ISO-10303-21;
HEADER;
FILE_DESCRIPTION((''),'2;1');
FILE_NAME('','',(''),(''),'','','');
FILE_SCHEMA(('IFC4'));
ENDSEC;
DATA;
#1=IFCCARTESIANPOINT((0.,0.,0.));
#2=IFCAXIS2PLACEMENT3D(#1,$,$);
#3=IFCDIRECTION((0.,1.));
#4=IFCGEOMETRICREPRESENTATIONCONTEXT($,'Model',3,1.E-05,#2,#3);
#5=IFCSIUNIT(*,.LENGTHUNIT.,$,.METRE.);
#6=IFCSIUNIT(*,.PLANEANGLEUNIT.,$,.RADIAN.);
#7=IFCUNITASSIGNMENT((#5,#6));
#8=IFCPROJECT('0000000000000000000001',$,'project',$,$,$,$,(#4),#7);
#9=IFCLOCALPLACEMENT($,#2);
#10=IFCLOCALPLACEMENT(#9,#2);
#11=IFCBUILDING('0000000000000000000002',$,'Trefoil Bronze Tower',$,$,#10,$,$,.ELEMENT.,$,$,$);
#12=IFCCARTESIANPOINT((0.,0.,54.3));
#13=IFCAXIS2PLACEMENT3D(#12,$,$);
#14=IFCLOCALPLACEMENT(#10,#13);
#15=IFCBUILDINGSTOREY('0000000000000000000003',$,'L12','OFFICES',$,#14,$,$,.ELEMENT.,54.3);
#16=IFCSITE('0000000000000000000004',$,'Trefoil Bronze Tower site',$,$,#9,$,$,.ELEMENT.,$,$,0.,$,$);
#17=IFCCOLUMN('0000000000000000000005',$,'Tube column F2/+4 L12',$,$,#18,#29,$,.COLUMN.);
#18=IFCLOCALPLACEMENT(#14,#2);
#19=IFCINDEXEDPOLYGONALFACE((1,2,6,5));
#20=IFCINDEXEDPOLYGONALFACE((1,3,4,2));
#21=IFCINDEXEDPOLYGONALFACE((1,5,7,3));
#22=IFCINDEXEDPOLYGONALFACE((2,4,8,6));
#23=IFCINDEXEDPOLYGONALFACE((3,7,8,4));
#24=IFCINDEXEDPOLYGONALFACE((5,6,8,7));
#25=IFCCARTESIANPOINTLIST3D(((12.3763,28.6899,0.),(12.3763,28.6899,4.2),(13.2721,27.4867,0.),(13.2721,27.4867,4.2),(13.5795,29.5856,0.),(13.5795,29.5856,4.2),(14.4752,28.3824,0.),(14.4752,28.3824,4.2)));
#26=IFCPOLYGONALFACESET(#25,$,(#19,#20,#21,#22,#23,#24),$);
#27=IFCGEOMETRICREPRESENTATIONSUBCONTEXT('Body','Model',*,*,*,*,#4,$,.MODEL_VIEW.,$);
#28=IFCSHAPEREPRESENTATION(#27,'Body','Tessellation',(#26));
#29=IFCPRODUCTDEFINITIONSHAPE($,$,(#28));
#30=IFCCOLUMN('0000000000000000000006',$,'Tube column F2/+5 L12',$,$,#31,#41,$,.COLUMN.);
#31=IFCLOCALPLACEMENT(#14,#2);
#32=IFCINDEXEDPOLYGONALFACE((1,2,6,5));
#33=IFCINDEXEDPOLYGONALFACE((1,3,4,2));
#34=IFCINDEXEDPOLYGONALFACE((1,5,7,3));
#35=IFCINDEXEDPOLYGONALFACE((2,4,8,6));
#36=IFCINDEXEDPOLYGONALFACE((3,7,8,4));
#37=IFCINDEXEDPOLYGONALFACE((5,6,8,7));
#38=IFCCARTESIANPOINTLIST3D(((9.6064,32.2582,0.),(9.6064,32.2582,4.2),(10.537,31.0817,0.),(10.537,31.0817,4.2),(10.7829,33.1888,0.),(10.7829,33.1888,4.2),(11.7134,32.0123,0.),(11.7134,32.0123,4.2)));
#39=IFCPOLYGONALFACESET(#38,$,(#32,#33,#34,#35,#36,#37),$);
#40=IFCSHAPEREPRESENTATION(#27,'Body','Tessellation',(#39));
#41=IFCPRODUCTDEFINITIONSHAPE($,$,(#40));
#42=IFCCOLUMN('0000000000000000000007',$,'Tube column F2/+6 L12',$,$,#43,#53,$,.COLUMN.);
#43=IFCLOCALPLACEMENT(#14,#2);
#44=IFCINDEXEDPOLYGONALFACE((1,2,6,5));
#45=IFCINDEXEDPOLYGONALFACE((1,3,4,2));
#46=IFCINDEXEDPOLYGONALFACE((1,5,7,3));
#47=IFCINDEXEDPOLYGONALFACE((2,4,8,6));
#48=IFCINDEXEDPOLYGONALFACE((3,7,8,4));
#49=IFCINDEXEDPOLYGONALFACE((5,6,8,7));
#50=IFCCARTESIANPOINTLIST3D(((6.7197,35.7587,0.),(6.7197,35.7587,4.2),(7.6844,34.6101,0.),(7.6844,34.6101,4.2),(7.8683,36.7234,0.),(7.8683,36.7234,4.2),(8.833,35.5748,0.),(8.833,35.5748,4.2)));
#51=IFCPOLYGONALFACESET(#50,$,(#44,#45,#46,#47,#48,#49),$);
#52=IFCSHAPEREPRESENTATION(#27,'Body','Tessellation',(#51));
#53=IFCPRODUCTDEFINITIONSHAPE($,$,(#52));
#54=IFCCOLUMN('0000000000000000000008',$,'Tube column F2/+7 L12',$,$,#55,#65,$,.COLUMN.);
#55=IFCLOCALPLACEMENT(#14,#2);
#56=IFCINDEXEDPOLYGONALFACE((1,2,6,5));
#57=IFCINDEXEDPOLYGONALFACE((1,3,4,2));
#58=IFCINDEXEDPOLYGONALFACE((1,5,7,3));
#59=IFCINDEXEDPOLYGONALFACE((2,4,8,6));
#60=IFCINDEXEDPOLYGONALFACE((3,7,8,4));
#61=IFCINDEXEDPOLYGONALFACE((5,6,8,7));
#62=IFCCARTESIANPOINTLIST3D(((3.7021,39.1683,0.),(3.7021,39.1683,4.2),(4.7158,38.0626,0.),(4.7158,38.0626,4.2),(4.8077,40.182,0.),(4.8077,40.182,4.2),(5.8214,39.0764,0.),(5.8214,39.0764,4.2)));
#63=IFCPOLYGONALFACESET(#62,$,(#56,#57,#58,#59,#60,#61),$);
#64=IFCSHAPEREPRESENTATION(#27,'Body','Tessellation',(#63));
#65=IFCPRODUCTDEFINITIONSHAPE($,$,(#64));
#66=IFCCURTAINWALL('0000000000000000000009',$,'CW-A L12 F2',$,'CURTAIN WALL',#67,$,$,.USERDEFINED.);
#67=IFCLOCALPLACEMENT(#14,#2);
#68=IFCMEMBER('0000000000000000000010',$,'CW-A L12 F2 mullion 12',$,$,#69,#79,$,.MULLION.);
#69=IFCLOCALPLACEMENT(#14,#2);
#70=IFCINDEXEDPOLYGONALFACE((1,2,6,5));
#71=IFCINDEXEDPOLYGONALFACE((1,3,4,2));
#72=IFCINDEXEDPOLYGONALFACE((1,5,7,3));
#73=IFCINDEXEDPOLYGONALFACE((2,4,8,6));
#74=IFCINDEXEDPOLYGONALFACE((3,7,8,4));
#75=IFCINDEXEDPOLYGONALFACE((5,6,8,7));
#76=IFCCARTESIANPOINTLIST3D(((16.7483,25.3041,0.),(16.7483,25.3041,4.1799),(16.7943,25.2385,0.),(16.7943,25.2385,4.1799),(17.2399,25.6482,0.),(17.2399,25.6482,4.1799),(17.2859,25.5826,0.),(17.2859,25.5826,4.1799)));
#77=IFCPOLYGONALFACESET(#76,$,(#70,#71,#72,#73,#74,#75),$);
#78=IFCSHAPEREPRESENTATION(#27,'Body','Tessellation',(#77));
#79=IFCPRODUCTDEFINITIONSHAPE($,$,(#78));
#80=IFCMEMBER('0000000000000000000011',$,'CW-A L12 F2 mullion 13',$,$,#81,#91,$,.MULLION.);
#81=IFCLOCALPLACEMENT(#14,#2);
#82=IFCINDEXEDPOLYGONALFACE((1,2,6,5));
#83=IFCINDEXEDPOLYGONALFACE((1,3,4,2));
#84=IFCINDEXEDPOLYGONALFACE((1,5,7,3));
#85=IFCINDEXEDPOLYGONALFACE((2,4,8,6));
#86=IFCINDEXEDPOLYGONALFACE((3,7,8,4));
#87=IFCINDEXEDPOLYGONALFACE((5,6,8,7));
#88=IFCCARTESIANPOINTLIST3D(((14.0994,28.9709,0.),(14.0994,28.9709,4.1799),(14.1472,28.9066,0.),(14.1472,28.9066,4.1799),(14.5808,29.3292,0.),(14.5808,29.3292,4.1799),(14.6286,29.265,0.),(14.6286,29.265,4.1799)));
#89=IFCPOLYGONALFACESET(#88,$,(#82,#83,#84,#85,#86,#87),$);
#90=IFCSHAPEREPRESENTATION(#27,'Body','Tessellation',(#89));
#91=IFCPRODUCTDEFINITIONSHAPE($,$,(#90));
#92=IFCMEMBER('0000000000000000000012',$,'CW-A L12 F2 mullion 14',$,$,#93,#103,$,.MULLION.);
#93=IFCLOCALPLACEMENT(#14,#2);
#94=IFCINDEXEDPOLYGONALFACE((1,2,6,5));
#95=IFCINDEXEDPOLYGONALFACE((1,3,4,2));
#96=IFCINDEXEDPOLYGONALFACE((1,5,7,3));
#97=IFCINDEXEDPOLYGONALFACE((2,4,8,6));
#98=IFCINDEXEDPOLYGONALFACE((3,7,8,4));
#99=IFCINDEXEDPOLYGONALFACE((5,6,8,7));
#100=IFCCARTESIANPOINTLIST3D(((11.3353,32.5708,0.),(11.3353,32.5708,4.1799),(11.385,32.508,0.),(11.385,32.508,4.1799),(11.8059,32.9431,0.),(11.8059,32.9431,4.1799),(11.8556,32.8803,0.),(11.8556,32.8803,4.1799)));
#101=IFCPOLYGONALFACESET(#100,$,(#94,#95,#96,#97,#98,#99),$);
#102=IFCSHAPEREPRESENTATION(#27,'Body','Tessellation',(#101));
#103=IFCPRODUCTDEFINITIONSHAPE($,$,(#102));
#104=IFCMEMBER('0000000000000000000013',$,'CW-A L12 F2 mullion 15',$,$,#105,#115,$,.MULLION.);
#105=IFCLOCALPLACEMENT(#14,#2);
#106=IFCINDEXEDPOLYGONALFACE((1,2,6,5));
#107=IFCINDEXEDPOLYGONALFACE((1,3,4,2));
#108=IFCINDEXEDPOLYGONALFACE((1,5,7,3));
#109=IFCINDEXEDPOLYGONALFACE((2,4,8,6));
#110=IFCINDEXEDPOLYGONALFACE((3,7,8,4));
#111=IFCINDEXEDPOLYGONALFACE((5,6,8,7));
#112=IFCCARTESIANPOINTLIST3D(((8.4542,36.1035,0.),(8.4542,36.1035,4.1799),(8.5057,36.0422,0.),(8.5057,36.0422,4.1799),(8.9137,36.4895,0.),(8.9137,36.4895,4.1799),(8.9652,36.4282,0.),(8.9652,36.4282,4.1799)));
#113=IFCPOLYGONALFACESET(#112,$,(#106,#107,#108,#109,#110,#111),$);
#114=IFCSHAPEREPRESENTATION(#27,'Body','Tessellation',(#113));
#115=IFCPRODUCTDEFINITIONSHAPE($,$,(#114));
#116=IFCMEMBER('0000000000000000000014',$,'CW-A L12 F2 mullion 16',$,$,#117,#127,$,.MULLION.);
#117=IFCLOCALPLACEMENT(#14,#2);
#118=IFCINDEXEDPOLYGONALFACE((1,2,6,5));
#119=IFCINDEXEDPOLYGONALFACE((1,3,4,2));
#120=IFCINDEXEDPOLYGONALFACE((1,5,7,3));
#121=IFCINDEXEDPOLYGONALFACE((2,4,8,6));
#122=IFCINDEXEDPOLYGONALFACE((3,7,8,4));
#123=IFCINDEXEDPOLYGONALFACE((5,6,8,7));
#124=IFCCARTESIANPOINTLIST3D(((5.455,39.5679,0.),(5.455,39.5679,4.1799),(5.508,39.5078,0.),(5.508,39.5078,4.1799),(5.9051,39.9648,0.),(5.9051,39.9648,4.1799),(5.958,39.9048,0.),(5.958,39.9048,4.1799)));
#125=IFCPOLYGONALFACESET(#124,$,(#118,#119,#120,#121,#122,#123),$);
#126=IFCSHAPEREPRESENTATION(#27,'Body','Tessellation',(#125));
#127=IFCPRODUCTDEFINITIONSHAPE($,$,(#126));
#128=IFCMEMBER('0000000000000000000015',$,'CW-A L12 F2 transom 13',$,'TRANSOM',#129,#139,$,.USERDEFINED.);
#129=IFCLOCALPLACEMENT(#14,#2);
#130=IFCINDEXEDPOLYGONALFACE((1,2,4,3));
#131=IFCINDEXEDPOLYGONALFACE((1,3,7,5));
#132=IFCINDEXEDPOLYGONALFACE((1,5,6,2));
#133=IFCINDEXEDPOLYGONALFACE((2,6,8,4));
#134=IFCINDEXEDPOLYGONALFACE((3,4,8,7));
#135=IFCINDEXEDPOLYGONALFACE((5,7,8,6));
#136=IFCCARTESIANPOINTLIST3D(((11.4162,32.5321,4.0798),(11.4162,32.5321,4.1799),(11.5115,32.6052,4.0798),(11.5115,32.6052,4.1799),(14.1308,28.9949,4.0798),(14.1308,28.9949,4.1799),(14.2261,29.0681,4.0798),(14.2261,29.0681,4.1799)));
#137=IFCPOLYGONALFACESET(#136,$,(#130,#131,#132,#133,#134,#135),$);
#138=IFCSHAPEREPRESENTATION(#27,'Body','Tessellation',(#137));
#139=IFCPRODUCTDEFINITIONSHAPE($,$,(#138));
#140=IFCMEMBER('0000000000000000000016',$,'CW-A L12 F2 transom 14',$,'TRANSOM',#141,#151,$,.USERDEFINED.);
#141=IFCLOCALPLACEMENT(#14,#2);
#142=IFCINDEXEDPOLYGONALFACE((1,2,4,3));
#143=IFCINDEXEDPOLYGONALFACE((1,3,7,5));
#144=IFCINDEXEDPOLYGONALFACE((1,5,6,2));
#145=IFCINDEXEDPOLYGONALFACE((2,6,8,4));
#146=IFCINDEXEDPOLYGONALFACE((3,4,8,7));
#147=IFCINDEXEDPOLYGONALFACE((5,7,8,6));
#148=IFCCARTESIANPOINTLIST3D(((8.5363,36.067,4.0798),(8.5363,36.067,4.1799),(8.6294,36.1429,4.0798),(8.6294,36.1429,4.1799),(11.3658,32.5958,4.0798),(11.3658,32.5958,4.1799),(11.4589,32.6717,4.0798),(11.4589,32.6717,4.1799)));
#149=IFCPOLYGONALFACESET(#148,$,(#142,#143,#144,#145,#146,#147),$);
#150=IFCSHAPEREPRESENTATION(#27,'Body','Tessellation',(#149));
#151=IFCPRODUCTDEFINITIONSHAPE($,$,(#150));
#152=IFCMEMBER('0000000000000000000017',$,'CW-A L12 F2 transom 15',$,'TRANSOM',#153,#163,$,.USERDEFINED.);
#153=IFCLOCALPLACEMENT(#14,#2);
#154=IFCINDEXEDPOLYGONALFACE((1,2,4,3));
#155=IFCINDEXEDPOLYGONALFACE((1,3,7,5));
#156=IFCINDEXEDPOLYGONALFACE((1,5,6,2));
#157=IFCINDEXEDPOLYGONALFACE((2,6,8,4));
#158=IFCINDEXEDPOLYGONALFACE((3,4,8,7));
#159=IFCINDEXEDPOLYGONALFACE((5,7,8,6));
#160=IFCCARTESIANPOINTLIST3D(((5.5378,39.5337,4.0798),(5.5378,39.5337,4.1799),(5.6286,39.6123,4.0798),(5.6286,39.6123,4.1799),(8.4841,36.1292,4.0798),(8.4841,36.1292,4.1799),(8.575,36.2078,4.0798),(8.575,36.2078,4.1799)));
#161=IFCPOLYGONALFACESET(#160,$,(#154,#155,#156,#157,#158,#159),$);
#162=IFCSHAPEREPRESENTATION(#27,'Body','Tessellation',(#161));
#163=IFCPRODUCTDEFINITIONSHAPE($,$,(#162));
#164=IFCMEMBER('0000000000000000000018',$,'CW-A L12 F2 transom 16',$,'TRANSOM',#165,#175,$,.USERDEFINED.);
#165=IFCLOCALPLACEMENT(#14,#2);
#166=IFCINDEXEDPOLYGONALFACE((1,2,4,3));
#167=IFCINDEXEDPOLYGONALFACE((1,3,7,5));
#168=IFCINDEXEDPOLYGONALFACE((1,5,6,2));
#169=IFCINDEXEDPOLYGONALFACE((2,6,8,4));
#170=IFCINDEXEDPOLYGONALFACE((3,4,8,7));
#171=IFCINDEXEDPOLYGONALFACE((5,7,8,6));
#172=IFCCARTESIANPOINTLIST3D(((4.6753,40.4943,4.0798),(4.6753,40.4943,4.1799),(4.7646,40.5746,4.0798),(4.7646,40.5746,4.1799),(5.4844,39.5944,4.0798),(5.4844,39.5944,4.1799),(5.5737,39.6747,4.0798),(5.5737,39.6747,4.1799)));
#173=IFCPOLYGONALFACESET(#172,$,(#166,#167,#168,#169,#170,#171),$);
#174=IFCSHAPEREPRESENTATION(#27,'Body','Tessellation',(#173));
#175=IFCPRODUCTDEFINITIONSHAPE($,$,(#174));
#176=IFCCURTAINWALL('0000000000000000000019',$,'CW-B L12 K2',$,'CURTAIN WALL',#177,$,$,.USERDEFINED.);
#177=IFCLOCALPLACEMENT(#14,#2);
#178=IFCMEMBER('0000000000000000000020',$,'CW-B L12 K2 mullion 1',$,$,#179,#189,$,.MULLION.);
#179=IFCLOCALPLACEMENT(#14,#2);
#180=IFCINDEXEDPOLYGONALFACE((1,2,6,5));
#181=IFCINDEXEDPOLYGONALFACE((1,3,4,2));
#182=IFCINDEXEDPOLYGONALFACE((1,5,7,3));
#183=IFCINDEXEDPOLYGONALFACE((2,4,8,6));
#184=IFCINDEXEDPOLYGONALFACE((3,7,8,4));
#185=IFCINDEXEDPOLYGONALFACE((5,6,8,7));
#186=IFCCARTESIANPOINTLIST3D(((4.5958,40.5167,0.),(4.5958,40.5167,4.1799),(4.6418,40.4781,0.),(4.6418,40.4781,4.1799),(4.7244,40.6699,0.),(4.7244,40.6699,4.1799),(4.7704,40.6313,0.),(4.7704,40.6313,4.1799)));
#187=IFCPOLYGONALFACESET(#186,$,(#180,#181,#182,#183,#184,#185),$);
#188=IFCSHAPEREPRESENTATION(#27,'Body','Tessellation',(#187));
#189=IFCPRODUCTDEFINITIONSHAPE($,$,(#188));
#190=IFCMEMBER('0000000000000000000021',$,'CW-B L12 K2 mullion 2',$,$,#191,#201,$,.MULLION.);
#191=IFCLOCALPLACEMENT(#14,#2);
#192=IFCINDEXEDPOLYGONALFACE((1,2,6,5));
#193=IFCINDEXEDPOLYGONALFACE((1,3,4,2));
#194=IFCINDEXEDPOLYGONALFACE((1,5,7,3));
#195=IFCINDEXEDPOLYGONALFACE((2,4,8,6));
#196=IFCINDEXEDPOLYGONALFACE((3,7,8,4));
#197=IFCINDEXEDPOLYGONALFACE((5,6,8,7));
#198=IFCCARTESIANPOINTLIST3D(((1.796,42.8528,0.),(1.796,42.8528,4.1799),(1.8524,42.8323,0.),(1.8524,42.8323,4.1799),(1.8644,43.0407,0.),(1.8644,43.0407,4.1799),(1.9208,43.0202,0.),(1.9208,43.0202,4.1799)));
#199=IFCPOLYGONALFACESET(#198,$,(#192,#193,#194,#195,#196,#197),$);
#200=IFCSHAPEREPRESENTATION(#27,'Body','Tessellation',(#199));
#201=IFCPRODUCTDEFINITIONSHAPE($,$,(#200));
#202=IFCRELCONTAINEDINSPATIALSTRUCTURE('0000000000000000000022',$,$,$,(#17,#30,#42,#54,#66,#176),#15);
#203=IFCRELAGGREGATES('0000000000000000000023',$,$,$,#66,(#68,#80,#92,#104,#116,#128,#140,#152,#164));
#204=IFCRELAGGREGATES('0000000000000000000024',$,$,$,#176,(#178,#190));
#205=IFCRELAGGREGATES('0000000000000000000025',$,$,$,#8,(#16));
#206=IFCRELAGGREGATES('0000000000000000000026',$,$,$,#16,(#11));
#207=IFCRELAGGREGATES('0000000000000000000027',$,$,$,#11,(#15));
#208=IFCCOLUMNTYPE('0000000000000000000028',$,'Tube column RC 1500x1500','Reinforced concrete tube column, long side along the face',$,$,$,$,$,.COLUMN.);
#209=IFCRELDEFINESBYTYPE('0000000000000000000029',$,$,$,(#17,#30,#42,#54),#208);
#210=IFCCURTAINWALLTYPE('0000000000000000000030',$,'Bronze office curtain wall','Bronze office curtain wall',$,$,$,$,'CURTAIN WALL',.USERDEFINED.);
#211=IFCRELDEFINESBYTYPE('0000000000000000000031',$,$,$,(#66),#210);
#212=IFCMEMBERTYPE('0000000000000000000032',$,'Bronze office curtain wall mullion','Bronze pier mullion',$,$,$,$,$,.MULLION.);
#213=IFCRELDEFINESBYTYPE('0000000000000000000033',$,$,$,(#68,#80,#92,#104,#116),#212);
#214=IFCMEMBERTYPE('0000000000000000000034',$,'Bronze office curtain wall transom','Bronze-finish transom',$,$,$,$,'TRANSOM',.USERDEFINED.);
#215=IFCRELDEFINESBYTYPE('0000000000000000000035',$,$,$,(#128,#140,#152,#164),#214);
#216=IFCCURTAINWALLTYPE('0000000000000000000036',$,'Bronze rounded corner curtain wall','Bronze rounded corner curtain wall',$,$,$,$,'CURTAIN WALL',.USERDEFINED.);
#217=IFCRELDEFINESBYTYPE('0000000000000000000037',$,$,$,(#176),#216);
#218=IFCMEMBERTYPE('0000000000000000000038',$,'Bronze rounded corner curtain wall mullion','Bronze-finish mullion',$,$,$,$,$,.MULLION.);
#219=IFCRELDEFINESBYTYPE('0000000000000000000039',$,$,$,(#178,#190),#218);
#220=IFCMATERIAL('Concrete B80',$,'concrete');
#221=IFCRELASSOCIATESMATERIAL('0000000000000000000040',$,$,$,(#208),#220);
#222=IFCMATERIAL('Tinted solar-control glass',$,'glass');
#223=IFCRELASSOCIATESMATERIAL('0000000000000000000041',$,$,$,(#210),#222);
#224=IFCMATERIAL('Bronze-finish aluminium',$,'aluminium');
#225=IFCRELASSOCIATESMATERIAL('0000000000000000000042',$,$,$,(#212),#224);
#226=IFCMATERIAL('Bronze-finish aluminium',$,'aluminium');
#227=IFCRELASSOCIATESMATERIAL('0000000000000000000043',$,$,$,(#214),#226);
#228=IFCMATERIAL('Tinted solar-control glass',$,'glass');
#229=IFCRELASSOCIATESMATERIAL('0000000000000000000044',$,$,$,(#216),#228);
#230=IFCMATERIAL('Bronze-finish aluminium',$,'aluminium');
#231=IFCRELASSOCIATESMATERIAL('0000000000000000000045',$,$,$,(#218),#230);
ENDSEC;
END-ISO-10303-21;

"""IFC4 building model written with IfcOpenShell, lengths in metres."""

from ifc_helpers import new_model, si_unit, direction, frame, origin, origin_2d, place, context, subcontext, project, spatial, rectangle, extrude, material, material_profile, profile_set, type_object, element, aggregate, save


model = new_model("IFC4")

# Units and contexts
model_context = context("Model", 3, precision=1e-05, world=origin(), true_north=direction((0.0, 1.0)))
body_context = subcontext(model_context, "Body", "Model", "MODEL_VIEW")
ifc_project = project(units=[si_unit("LENGTHUNIT", "METRE"), si_unit("PLANEANGLEUNIT", "RADIAN")], contexts=[model_context])

# Site, building, storey
site_placement = place(None, origin())
site = spatial("IfcSite", under=ifc_project, at=site_placement, Name="Trefoil Bronze Tower site", CompositionType="ELEMENT", RefElevation=0.0)
building_placement = place(site_placement, origin())
building = spatial("IfcBuilding", under=site, at=building_placement, Name="Trefoil Bronze Tower", CompositionType="ELEMENT")
storey_placement = place(building_placement, frame((0.0, 0.0, 54.3)))
storey = spatial("IfcBuildingStorey", under=building, at=storey_placement, Name="L12", Description="OFFICES", CompositionType="ELEMENT", Elevation=54.3)

# Columns
ifc_material_1 = material(Name="Concrete B80", Category="concrete")
ifc_material_profile_1 = material_profile(ifc_material_1, rectangle(XDim=1.5, YDim=1.5, at=origin_2d()), Name="RC 1500x1500")
ifc_profile_set_1 = profile_set([ifc_material_profile_1], Name="Concrete B80")
column_type = type_object("IfcColumnType", Name="Tube column RC 1500x1500", Description="Reinforced concrete tube column, long side along the face", PredefinedType="COLUMN", material=ifc_profile_set_1)
for number, where, z_axis, x_axis, name in (
    (1, (13.4258, 28.5361, 0.0), (0.0, 0.0, 1.0), (-0.597154, 0.802127, 0.0), "Tube column F2/+4 L12"),
    (2, (10.6599, 32.1353, 0.0), (0.0, 0.0, 1.0), (-0.620376, 0.784305, 0.0), "Tube column F2/+5 L12"),
    (3, (7.7764, 35.6667, 0.0), (0.0, 0.0, 1.0), (-0.643163, 0.765729, 0.0), "Tube column F2/+6 L12"),
    (4, (4.7617, 39.1223, 0.0), (0.0, 0.0, 1.0), (-0.675816, 0.73707, 0.0), "Tube column F2/+7 L12"),
):
    element("IfcColumn", number, at=place(storey_placement, frame(where, z_axis=z_axis, x_axis=x_axis)), inside=storey, type_object=column_type, Name=name, PredefinedType="COLUMN", context=body_context, shape_type="SweptSolid", body=[
        extrude(rectangle(XDim=1.5, YDim=1.5, at=origin_2d()), origin(), (0.0, 0.0, 1.0), 4.2),
    ])

# Curtain walls, members
ifc_material_2 = material(Name="Tinted solar-control glass", Category="glass")
curtain_wall_type_1 = type_object("IfcCurtainWallType", Name="Bronze office curtain wall", Description="Bronze office curtain wall", ElementType="CURTAIN WALL", PredefinedType="USERDEFINED", material=ifc_material_2)
curtain_wall_1_placement = place(storey_placement, origin())
curtain_wall_1 = element("IfcCurtainWall", 5, at=curtain_wall_1_placement, inside=storey, type_object=curtain_wall_type_1, Name="CW-A L12 F2", ObjectType="CURTAIN WALL", PredefinedType="USERDEFINED")
ifc_material_3 = material(Name="Bronze-finish aluminium", Category="aluminium")
ifc_material_profile_2 = material_profile(ifc_material_3, rectangle(XDim=0.6001, YDim=0.0801, at=origin_2d()), Name="CW-A mullion")
ifc_profile_set_2 = profile_set([ifc_material_profile_2], Name="Bronze-finish aluminium")
member_type_1 = type_object("IfcMemberType", Name="Bronze office curtain wall mullion", Description="Bronze pier mullion", PredefinedType="MULLION", material=ifc_profile_set_2)
member_1_placement = place(storey_placement, frame((17.0171, 25.4434, 0.0), z_axis=(0.0, 0.0, 1.0), x_axis=(-0.819204, -0.573502, 0.0)))
member_1 = element("IfcMember", 6, at=member_1_placement, type_object=member_type_1, Name="CW-A L12 F2 mullion 12", PredefinedType="MULLION", context=body_context, shape_type="SweptSolid", body=[
    extrude(rectangle(XDim=0.6001, YDim=0.0801, at=origin_2d()), origin(), (0.0, 0.0, 1.0), 4.1799),
])
member_2_placement = place(storey_placement, frame((14.364, 29.1179, 0.0), z_axis=(0.0, 0.0, 1.0), x_axis=(-0.802127, -0.597154, 0.0)))
member_2 = element("IfcMember", 7, at=member_2_placement, type_object=member_type_1, Name="CW-A L12 F2 mullion 13", PredefinedType="MULLION", context=body_context, shape_type="SweptSolid", body=[
    extrude(rectangle(XDim=0.6001, YDim=0.0801, at=origin_2d()), origin(), (0.0, 0.0, 1.0), 4.1799),
])
member_3_placement = place(storey_placement, frame((11.5955, 32.7256, 0.0), z_axis=(0.0, 0.0, 1.0), x_axis=(-0.784305, -0.620376, 0.0)))
member_3 = element("IfcMember", 8, at=member_3_placement, type_object=member_type_1, Name="CW-A L12 F2 mullion 14", PredefinedType="MULLION", context=body_context, shape_type="SweptSolid", body=[
    extrude(rectangle(XDim=0.6001, YDim=0.0801, at=origin_2d()), origin(), (0.0, 0.0, 1.0), 4.1799),
])
member_4_placement = place(storey_placement, frame((8.7097, 36.2659, 0.0), z_axis=(0.0, 0.0, 1.0), x_axis=(-0.765729, -0.643163, 0.0)))
member_4 = element("IfcMember", 9, at=member_4_placement, type_object=member_type_1, Name="CW-A L12 F2 mullion 15", PredefinedType="MULLION", context=body_context, shape_type="SweptSolid", body=[
    extrude(rectangle(XDim=0.6001, YDim=0.0801, at=origin_2d()), origin(), (0.0, 0.0, 1.0), 4.1799),
])
member_5_placement = place(storey_placement, frame((5.7065, 39.7363, 0.0), z_axis=(0.0, 0.0, 1.0), x_axis=(-0.749941, -0.661505, 0.0)))
member_5 = element("IfcMember", 10, at=member_5_placement, type_object=member_type_1, Name="CW-A L12 F2 mullion 16", PredefinedType="MULLION", context=body_context, shape_type="SweptSolid", body=[
    extrude(rectangle(XDim=0.6001, YDim=0.0801, at=origin_2d()), origin(), (0.0, 0.0, 1.0), 4.1799),
])
ifc_material_4 = material(Name="Bronze-finish aluminium", Category="aluminium")
ifc_material_profile_3 = material_profile(ifc_material_4, rectangle(XDim=0.1201, YDim=0.1001, at=origin_2d()), Name="CW-A transom")
ifc_profile_set_3 = profile_set([ifc_material_profile_3], Name="Bronze-finish aluminium")
member_type_2 = type_object("IfcMemberType", Name="Bronze office curtain wall transom", Description="Bronze-finish transom", ElementType="TRANSOM", PredefinedType="USERDEFINED", material=ifc_profile_set_3)
member_6_placement = place(storey_placement, frame((14.1785, 29.0315, 4.1299), z_axis=(-0.608829, 0.793301, 0.0), x_axis=(-0.793301, -0.608829, 0.0)))
member_6 = element("IfcMember", 11, at=member_6_placement, type_object=member_type_2, Name="CW-A L12 F2 transom 13", ObjectType="TRANSOM", PredefinedType="USERDEFINED", context=body_context, shape_type="SweptSolid", body=[
    extrude(rectangle(XDim=0.1201, YDim=0.1001, at=origin_2d()), origin(), (0.0, 0.0, 1.0), 4.4587),
])
member_7_placement = place(storey_placement, frame((11.4124, 32.6338, 4.1299), z_axis=(-0.631836, 0.775102, 0.0), x_axis=(-0.775102, -0.631836, 0.0)))
member_7 = element("IfcMember", 12, at=member_7_placement, type_object=member_type_2, Name="CW-A L12 F2 transom 14", ObjectType="TRANSOM", PredefinedType="USERDEFINED", context=body_context, shape_type="SweptSolid", body=[
    extrude(rectangle(XDim=0.1201, YDim=0.1001, at=origin_2d()), origin(), (0.0, 0.0, 1.0), 4.4783),
])
member_8_placement = place(storey_placement, frame((8.5295, 36.1685, 4.1299), z_axis=(-0.654383, 0.756163, 0.0), x_axis=(-0.756163, -0.654383, 0.0)))
member_8 = element("IfcMember", 13, at=member_8_placement, type_object=member_type_2, Name="CW-A L12 F2 transom 15", ObjectType="TRANSOM", PredefinedType="USERDEFINED", context=body_context, shape_type="SweptSolid", body=[
    extrude(rectangle(XDim=0.1201, YDim=0.1001, at=origin_2d()), origin(), (0.0, 0.0, 1.0), 4.5024),
])
member_9_placement = place(storey_placement, frame((5.5291, 39.6345, 4.1299), z_axis=(-0.668586, 0.743635, 0.0), x_axis=(-0.743635, -0.668586, 0.0)))
member_9 = element("IfcMember", 14, at=member_9_placement, type_object=member_type_2, Name="CW-A L12 F2 transom 16", ObjectType="TRANSOM", PredefinedType="USERDEFINED", context=body_context, shape_type="SweptSolid", body=[
    extrude(rectangle(XDim=0.1201, YDim=0.1001, at=origin_2d()), origin(), (0.0, 0.0, 1.0), 1.2102),
])
ifc_material_5 = material(Name="Tinted solar-control glass", Category="glass")
curtain_wall_type_2 = type_object("IfcCurtainWallType", Name="Bronze rounded corner curtain wall", Description="Bronze rounded corner curtain wall", ElementType="CURTAIN WALL", PredefinedType="USERDEFINED", material=ifc_material_5)
curtain_wall_2_placement = place(storey_placement, origin())
curtain_wall_2 = element("IfcCurtainWall", 15, at=curtain_wall_2_placement, inside=storey, type_object=curtain_wall_type_2, Name="CW-B L12 K2", ObjectType="CURTAIN WALL", PredefinedType="USERDEFINED")
ifc_material_6 = material(Name="Bronze-finish aluminium", Category="aluminium")
ifc_material_profile_4 = material_profile(ifc_material_6, rectangle(XDim=0.2, YDim=0.0601, at=origin_2d()), Name="CW-B mullion")
ifc_profile_set_4 = profile_set([ifc_material_profile_4], Name="Bronze-finish aluminium")
member_type_3 = type_object("IfcMemberType", Name="Bronze rounded corner curtain wall mullion", Description="Bronze-finish mullion", PredefinedType="MULLION", material=ifc_profile_set_4)
member_10_placement = place(storey_placement, frame((4.6831, 40.574, 0.0), z_axis=(0.0, 0.0, 1.0), x_axis=(-0.642788, -0.766044, 0.0)))
member_10 = element("IfcMember", 16, at=member_10_placement, type_object=member_type_3, Name="CW-B L12 K2 mullion 1", PredefinedType="MULLION", context=body_context, shape_type="SweptSolid", body=[
    extrude(rectangle(XDim=0.2, YDim=0.0601, at=origin_2d()), origin(), (0.0, 0.0, 1.0), 4.1799),
])
member_11_placement = place(storey_placement, frame((1.8584, 42.9365, 0.0), z_axis=(0.0, 0.0, 1.0), x_axis=(-0.34202, -0.939693, 0.0)))
member_11 = element("IfcMember", 17, at=member_11_placement, type_object=member_type_3, Name="CW-B L12 K2 mullion 2", PredefinedType="MULLION", context=body_context, shape_type="SweptSolid", body=[
    extrude(rectangle(XDim=0.2, YDim=0.0601, at=origin_2d()), origin(), (0.0, 0.0, 1.0), 4.1799),
])

aggregate(curtain_wall_1, [member_1, member_2, member_3, member_4, member_5, member_6, member_7, member_8, member_9])
aggregate(curtain_wall_2, [member_10, member_11])

save(model, "model.ifc")
